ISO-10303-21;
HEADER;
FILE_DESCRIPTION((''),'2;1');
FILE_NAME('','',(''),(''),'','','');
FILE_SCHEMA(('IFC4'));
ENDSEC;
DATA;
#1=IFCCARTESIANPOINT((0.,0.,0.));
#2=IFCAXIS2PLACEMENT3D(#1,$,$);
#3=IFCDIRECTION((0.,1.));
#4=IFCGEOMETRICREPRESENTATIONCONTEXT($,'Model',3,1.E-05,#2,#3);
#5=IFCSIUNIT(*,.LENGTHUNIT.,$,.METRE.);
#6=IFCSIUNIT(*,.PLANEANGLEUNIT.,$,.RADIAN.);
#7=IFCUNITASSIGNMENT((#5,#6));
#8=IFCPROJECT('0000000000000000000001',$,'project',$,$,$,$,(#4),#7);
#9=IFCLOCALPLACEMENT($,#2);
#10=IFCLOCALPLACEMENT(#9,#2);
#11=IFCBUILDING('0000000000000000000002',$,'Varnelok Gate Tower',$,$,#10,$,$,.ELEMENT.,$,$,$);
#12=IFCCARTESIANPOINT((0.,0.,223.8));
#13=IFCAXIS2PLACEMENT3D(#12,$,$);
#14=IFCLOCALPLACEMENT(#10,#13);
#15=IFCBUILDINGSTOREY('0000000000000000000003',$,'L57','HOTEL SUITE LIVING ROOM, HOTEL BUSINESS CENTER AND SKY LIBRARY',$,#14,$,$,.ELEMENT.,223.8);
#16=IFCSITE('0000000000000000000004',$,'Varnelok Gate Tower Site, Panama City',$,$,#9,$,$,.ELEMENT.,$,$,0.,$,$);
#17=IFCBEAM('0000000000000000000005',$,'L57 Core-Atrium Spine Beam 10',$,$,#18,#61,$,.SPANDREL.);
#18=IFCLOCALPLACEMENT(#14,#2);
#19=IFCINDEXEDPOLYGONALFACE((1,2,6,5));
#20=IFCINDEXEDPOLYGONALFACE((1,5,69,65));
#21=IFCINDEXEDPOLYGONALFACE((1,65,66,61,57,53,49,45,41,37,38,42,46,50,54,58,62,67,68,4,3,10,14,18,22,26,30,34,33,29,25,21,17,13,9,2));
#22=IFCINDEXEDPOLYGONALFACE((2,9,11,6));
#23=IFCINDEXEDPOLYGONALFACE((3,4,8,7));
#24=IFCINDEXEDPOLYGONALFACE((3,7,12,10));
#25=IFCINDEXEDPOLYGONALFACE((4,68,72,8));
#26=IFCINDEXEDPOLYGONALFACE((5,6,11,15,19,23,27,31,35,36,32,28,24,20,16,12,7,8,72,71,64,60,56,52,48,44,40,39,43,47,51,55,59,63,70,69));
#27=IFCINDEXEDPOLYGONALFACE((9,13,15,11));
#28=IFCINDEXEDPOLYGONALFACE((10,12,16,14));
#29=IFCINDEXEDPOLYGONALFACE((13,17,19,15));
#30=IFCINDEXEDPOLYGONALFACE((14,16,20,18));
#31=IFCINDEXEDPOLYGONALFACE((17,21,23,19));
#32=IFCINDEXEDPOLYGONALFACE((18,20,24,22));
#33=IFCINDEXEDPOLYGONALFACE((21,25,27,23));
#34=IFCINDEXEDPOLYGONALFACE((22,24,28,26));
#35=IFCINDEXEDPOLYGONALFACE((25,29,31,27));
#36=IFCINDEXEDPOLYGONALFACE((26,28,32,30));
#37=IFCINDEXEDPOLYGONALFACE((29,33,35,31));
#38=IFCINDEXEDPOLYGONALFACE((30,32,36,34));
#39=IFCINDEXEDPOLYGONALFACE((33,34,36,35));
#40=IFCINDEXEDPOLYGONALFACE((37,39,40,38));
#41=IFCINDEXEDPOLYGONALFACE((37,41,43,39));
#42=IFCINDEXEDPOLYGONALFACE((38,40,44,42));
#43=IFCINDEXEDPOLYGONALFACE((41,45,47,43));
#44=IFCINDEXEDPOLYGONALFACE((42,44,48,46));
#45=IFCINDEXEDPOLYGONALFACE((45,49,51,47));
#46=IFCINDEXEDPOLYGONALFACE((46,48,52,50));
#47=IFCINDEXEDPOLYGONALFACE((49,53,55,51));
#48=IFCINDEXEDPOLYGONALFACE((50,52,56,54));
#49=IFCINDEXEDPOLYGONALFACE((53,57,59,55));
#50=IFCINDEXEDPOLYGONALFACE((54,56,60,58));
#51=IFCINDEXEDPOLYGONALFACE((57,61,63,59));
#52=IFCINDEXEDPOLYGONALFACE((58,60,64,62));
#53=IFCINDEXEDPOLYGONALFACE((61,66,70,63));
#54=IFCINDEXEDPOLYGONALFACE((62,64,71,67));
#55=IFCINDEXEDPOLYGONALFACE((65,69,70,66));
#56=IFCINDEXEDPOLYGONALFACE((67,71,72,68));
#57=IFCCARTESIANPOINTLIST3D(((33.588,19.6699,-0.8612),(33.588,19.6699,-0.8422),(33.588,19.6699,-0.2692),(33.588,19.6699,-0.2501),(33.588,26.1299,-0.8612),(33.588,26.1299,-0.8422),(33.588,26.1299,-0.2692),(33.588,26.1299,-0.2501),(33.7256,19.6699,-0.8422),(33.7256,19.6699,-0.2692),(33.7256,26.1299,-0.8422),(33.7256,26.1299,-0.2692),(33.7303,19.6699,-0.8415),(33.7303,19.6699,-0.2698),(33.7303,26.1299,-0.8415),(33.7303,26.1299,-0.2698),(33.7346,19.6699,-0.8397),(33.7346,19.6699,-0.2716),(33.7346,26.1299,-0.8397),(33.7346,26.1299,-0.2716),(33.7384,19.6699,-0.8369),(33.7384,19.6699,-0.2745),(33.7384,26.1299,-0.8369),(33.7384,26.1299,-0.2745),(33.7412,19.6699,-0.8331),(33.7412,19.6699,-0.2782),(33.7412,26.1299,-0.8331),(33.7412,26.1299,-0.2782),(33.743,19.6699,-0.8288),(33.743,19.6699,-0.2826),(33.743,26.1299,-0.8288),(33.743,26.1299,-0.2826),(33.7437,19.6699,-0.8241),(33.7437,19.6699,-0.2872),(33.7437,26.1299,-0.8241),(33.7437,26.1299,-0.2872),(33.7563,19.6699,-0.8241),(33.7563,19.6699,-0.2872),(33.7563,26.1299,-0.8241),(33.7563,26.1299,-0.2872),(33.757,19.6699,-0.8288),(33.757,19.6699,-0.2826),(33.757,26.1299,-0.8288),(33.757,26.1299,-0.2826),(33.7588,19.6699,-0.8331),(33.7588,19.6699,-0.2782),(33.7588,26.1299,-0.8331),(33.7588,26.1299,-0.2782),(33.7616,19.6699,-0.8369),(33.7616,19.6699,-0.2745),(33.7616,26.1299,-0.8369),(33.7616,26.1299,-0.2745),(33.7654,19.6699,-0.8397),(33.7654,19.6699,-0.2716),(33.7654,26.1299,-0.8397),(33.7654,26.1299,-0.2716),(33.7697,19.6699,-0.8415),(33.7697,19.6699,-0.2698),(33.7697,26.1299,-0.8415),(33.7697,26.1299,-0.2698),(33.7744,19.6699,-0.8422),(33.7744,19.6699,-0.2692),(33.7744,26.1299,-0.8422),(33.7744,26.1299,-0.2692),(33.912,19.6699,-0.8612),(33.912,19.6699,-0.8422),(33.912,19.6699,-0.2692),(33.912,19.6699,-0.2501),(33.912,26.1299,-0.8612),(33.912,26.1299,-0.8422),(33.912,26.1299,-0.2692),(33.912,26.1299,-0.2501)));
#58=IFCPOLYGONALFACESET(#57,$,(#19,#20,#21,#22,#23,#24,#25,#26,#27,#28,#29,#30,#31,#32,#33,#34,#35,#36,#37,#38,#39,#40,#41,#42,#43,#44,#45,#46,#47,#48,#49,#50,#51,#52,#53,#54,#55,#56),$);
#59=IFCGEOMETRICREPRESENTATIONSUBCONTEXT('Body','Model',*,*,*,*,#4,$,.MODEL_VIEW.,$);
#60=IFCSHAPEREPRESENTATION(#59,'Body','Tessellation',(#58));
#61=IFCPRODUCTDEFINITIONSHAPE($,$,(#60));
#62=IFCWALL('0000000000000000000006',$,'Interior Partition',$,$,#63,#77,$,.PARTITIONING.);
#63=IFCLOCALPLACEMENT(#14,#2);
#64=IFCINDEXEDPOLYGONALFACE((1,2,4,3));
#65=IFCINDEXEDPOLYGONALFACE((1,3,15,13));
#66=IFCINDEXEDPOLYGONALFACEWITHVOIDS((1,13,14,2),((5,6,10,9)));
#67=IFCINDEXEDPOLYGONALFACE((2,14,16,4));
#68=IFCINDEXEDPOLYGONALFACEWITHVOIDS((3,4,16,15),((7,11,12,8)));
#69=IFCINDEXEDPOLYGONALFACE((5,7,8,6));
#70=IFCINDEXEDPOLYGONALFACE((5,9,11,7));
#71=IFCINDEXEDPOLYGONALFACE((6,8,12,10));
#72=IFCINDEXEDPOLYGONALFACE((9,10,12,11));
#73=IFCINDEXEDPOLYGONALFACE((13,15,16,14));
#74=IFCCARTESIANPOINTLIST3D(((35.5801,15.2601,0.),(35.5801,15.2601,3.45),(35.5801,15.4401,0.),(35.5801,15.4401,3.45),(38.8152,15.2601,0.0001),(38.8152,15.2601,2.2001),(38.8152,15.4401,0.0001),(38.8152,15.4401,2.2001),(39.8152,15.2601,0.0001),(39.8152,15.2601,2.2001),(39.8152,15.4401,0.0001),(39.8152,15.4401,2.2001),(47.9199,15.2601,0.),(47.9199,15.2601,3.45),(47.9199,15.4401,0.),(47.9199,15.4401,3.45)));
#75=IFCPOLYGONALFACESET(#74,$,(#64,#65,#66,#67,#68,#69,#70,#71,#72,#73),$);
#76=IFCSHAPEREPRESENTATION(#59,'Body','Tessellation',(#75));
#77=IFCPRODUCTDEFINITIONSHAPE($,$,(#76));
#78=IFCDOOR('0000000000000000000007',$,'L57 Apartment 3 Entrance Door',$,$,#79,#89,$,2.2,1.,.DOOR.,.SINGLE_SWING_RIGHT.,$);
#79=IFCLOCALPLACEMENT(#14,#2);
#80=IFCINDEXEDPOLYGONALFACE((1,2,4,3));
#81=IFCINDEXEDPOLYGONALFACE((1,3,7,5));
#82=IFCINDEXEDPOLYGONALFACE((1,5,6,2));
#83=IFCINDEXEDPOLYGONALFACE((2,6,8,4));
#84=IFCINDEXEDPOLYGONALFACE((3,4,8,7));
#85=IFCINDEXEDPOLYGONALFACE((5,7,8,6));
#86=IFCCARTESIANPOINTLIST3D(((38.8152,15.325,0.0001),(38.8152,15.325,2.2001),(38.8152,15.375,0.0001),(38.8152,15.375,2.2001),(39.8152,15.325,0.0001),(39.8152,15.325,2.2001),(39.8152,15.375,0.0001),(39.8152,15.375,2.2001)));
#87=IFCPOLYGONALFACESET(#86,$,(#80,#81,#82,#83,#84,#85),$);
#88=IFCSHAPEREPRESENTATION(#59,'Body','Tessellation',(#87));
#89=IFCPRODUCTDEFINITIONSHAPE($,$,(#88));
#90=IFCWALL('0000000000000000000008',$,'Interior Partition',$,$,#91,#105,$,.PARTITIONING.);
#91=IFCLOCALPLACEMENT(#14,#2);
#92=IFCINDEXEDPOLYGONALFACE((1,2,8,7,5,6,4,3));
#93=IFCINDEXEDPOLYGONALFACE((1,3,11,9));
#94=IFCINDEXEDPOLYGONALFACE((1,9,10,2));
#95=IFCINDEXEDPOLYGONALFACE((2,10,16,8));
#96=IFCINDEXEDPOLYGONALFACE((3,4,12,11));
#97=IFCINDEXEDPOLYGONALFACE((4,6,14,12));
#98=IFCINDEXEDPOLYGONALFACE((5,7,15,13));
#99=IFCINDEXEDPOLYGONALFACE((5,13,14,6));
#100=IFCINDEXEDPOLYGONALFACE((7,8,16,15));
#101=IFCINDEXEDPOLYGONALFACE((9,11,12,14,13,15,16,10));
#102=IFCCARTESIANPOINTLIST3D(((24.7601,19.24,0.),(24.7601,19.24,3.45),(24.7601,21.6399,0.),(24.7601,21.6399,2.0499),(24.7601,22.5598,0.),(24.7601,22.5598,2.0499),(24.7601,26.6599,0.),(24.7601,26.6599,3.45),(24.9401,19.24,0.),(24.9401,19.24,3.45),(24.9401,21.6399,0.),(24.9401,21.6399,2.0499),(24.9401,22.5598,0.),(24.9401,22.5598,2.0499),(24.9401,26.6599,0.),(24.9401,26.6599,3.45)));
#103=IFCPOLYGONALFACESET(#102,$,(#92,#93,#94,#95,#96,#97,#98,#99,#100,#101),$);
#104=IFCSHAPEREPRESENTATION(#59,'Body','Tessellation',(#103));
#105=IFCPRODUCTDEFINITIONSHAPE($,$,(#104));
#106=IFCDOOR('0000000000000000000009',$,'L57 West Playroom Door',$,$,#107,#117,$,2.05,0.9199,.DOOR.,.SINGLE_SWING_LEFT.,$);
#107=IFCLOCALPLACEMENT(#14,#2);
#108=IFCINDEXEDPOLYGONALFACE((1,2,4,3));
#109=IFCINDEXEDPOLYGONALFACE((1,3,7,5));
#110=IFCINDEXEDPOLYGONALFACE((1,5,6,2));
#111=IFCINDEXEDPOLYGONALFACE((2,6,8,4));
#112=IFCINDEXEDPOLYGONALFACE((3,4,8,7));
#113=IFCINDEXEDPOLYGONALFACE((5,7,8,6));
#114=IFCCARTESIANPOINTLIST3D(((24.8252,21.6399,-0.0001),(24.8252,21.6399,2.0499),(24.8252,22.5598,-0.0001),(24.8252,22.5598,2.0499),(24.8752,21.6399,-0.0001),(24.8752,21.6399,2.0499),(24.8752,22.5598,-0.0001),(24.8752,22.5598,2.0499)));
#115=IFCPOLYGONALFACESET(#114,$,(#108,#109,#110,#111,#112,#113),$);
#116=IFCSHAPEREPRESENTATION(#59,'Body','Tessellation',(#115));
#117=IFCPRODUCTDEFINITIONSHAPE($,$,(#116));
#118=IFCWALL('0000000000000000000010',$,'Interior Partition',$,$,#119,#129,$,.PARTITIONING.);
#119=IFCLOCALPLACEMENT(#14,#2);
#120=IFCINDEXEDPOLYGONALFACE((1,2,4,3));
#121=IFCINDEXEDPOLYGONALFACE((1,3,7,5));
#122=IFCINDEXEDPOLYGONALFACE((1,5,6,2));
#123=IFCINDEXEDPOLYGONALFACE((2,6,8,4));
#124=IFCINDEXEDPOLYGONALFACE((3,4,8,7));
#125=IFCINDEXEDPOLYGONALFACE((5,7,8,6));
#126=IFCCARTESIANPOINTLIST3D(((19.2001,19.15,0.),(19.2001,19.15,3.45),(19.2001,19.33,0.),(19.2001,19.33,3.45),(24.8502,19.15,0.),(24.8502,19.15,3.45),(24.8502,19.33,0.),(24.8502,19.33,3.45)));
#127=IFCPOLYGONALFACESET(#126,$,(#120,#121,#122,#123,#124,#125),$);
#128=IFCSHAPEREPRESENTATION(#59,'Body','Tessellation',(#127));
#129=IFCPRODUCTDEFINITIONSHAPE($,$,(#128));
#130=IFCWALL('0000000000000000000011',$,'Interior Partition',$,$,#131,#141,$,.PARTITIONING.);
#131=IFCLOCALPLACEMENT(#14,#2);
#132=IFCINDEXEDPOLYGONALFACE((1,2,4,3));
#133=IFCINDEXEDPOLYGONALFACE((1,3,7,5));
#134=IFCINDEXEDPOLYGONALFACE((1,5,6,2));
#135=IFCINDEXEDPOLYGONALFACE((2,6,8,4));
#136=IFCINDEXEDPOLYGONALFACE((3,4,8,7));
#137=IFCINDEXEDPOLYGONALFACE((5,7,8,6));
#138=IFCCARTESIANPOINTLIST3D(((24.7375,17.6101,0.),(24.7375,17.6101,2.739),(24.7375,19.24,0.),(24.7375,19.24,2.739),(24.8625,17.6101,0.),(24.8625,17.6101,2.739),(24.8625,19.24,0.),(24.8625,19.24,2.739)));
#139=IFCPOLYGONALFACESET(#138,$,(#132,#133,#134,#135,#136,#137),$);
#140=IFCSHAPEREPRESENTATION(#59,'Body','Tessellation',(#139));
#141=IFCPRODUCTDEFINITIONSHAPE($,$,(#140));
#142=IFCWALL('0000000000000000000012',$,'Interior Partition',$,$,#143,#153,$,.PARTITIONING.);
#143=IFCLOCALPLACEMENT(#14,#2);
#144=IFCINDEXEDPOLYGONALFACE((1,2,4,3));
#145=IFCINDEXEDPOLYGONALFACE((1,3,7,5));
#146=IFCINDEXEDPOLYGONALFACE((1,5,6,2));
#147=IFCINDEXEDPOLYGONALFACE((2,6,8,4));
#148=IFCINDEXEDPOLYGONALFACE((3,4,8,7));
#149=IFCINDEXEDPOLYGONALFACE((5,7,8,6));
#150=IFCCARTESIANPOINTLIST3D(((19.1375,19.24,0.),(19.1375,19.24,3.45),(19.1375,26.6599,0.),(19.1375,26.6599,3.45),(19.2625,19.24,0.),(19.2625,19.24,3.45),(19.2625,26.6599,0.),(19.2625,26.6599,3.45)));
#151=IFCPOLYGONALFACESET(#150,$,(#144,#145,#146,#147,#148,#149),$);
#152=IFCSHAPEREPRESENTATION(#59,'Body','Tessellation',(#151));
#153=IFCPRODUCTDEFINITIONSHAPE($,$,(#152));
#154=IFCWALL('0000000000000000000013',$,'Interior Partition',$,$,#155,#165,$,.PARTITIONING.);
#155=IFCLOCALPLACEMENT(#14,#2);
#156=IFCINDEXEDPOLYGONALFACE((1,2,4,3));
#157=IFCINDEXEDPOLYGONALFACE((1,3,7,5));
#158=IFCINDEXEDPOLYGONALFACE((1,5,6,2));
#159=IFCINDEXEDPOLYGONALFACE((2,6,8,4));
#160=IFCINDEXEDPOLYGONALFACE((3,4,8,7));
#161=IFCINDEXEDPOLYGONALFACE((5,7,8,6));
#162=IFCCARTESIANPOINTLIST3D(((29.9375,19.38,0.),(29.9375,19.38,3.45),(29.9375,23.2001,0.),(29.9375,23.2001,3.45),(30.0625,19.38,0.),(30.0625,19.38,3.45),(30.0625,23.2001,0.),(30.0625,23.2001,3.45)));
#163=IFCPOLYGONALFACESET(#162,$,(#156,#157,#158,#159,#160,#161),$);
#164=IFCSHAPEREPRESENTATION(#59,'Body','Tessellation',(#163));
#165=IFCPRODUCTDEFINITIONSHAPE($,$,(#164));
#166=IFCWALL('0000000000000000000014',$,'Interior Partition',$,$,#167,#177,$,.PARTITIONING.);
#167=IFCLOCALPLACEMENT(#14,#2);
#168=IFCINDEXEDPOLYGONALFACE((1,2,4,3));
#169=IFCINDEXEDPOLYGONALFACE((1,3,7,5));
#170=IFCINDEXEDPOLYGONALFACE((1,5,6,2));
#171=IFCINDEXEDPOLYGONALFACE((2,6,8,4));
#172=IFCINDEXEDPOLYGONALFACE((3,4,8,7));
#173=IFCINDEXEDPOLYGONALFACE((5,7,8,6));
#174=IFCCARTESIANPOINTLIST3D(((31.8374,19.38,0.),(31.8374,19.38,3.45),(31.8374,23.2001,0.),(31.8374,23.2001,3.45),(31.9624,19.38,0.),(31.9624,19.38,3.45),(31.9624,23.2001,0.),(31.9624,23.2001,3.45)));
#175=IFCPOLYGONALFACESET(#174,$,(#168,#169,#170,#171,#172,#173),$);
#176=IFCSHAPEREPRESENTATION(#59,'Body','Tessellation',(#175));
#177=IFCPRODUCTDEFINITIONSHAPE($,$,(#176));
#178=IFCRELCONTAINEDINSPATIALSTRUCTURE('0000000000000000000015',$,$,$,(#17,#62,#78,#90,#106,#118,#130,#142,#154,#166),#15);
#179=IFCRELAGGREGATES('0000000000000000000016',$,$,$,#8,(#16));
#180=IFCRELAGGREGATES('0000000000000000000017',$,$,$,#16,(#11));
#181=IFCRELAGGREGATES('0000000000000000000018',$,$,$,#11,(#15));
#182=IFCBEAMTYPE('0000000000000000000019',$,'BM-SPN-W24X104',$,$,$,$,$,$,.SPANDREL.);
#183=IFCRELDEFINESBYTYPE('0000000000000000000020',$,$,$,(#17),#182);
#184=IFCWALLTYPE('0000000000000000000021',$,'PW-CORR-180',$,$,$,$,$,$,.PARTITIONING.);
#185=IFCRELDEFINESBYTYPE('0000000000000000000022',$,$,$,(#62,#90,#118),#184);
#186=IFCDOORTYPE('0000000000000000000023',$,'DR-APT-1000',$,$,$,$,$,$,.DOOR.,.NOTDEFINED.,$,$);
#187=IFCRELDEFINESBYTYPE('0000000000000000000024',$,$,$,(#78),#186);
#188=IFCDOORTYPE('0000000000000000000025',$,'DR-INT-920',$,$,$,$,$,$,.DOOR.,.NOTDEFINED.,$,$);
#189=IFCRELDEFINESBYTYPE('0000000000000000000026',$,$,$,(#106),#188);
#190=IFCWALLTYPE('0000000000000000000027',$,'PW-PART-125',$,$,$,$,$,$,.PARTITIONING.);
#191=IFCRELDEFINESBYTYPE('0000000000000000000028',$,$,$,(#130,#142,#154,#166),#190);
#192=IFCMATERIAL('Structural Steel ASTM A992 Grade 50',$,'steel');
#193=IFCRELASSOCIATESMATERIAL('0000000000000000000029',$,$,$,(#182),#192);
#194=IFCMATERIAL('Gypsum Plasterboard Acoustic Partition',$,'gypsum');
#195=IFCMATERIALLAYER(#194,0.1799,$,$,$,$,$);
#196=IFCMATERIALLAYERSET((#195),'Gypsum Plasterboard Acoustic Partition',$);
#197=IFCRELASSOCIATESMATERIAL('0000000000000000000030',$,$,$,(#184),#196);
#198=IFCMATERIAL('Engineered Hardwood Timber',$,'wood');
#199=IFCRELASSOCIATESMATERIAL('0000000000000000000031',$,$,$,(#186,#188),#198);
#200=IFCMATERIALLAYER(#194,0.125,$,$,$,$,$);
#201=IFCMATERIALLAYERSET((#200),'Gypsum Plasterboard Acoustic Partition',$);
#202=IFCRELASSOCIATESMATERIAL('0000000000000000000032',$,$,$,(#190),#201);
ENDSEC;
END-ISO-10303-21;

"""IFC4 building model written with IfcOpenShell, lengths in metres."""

from ifc_helpers import new_model, si_unit, direction, frame, frame_2d, origin, origin_2d, place, context, subcontext, project, spatial, rectangle, i_section, extrude, material, layer, layer_set, material_profile, profile_set, type_object, element, fill, save


model = new_model("IFC4")

# Units and contexts
model_context = context("Model", 3, precision=1e-05, world=origin(), true_north=direction((0.0, 1.0)))
body_context = subcontext(model_context, "Body", "Model", "MODEL_VIEW")
ifc_project = project(units=[si_unit("LENGTHUNIT", "METRE"), si_unit("PLANEANGLEUNIT", "RADIAN")], contexts=[model_context])

# Site, building, storey
site_placement = place(None, origin())
site = spatial("IfcSite", under=ifc_project, at=site_placement, Name="Varnelok Gate Tower Site, Panama City", CompositionType="ELEMENT", RefElevation=0.0)
building_placement = place(site_placement, origin())
building = spatial("IfcBuilding", under=site, at=building_placement, Name="Varnelok Gate Tower", CompositionType="ELEMENT")
storey_placement = place(building_placement, frame((0.0, 0.0, 223.8)))
storey = spatial("IfcBuildingStorey", under=building, at=storey_placement, Name="L57", Description="HOTEL SUITE LIVING ROOM, HOTEL BUSINESS CENTER AND SKY LIBRARY", CompositionType="ELEMENT", Elevation=223.8)

# Shared definitions
ifc_material_1 = material(Name="Structural Steel ASTM A992 Grade 50", Category="steel")

# Beam
ifc_material_profile_1 = material_profile(ifc_material_1, i_section(OverallWidth=0.324, OverallDepth=0.6111, WebThickness=0.0127, FlangeThickness=0.019, FilletRadius=0.0181, at=origin_2d()), Name="W24X104")
ifc_profile_set_1 = profile_set([ifc_material_profile_1], Name="Structural Steel ASTM A992 Grade 50")
beam_type_1 = type_object("IfcBeamType", Name="BM-SPN-W24X104", PredefinedType="SPANDREL", material=ifc_profile_set_1)
beam_1_placement = place(storey_placement, frame((33.75, 19.6699, -0.5557), z_axis=(0.0, 1.0, 0.0), x_axis=(-1.0, 0.0, 0.0)))
element("IfcBeam", 1, at=beam_1_placement, inside=storey, type_object=beam_type_1, Name="L57 Core-Atrium Spine Beam 10", PredefinedType="SPANDREL", context=body_context, shape_type="SweptSolid", body=[
    extrude(i_section(OverallWidth=0.324, OverallDepth=0.6111, WebThickness=0.0127, FlangeThickness=0.019, FilletRadius=0.0181, at=origin_2d()), origin(), (0.0, 0.0, 1.0), 6.46),
])

# Walls, openings, doors
ifc_material_2 = material(Name="Gypsum Plasterboard Acoustic Partition", Category="gypsum")
ifc_layer_1 = layer(ifc_material_2, 0.1799)
ifc_layer_set_1 = layer_set([ifc_layer_1], Name="Gypsum Plasterboard Acoustic Partition")
wall_type_1 = type_object("IfcWallType", Name="PW-CORR-180", PredefinedType="PARTITIONING", material=ifc_layer_set_1)
wall_1_placement = place(storey_placement, frame((35.5801, 15.3501, 0.0), z_axis=(0.0, 0.0, 1.0), x_axis=(1.0, 0.0, 0.0)))
wall_1 = element("IfcWall", 2, at=wall_1_placement, inside=storey, type_object=wall_type_1, Name="Interior Partition", PredefinedType="PARTITIONING", context=body_context, shape_type="SweptSolid", body=[
    extrude(rectangle(XDim=12.3398, YDim=0.1799, at=frame_2d((6.1699, 0.0))), origin(), (0.0, 0.0, 1.0), 3.45),
])
opening_1_placement = place(wall_1_placement, frame((3.2351, 0.0, 0.0)))
opening_1 = element("IfcOpeningElement", 3, at=opening_1_placement, cuts=wall_1, PredefinedType="OPENING", context=body_context, shape_type="SweptSolid", body=[
    extrude(rectangle(XDim=1.0, YDim=2.2, at=frame_2d((0.5, 1.1001))), frame((0.0, 0.0999, 0.0), z_axis=(0.0, -1.0, 0.0), x_axis=(1.0, 0.0, 0.0)), (0.0, 0.0, 1.0), 0.2),
])
ifc_material_3 = material(Name="Engineered Hardwood Timber", Category="wood")
door_type_1 = type_object("IfcDoorType", Name="DR-APT-1000", OperationType="NOTDEFINED", PredefinedType="DOOR", material=ifc_material_3)
door_1_placement = place(opening_1_placement, origin())
door_1 = element("IfcDoor", 4, at=door_1_placement, inside=storey, type_object=door_type_1, Name="L57 Apartment 3 Entrance Door", OperationType="SINGLE_SWING_RIGHT", OverallHeight=2.2, OverallWidth=1.0, PredefinedType="DOOR", context=body_context, shape_type="SweptSolid", body=[
    extrude(rectangle(XDim=1.0, YDim=2.2, at=frame_2d((0.5, 1.1001))), frame((0.0, 0.0249, 0.0), z_axis=(0.0, -1.0, 0.0), x_axis=(1.0, 0.0, 0.0)), (0.0, 0.0, 1.0), 0.05),
])
fill(opening_1, door_1)
wall_2_placement = place(storey_placement, frame((24.8501, 19.24, 0.0), z_axis=(0.0, 0.0, 1.0), x_axis=(0.0, 1.0, 0.0)))
wall_2 = element("IfcWall", 5, at=wall_2_placement, inside=storey, type_object=wall_type_1, Name="Interior Partition", PredefinedType="PARTITIONING", context=body_context, shape_type="SweptSolid", body=[
    extrude(rectangle(XDim=7.4199, YDim=0.1799, at=frame_2d((3.71, 0.0))), origin(), (0.0, 0.0, 1.0), 3.45),
])
opening_2_placement = place(wall_2_placement, frame((2.3999, 0.0, 0.0)))
opening_2 = element("IfcOpeningElement", 6, at=opening_2_placement, cuts=wall_2, PredefinedType="OPENING", context=body_context, shape_type="SweptSolid", body=[
    extrude(rectangle(XDim=0.9199, YDim=2.05, at=frame_2d((0.46, 1.0249))), frame((0.0, 0.0999, 0.0), z_axis=(0.0, -1.0, 0.0), x_axis=(1.0, 0.0, 0.0)), (0.0, 0.0, 1.0), 0.2),
])
door_type_2 = type_object("IfcDoorType", Name="DR-INT-920", OperationType="NOTDEFINED", PredefinedType="DOOR", material=ifc_material_3)
door_2_placement = place(opening_2_placement, origin())
door_2 = element("IfcDoor", 7, at=door_2_placement, inside=storey, type_object=door_type_2, Name="L57 West Playroom Door", OperationType="SINGLE_SWING_LEFT", OverallHeight=2.05, OverallWidth=0.9199, PredefinedType="DOOR", context=body_context, shape_type="SweptSolid", body=[
    extrude(rectangle(XDim=0.9199, YDim=2.05, at=frame_2d((0.46, 1.0249))), frame((0.0, 0.0249, 0.0), z_axis=(0.0, -1.0, 0.0), x_axis=(1.0, 0.0, 0.0)), (0.0, 0.0, 1.0), 0.05),
])
fill(opening_2, door_2)

# Walls
wall_3_placement = place(storey_placement, frame((19.2, 19.24, 0.0), z_axis=(0.0, 0.0, 1.0), x_axis=(1.0, 0.0, 0.0)))
element("IfcWall", 8, at=wall_3_placement, inside=storey, type_object=wall_type_1, Name="Interior Partition", PredefinedType="PARTITIONING", context=body_context, shape_type="SweptSolid", body=[
    extrude(rectangle(XDim=5.6501, YDim=0.1799, at=frame_2d((2.8252, 0.0))), origin(), (0.0, 0.0, 1.0), 3.45),
])
ifc_layer_2 = layer(ifc_material_2, 0.125)
ifc_layer_set_2 = layer_set([ifc_layer_2], Name="Gypsum Plasterboard Acoustic Partition")
wall_type_2 = type_object("IfcWallType", Name="PW-PART-125", PredefinedType="PARTITIONING", material=ifc_layer_set_2)
wall_4_placement = place(storey_placement, frame((24.8, 17.6101, 0.0), z_axis=(0.0, 0.0, 1.0), x_axis=(0.0, 1.0, 0.0)))
element("IfcWall", 9, at=wall_4_placement, inside=storey, type_object=wall_type_2, Name="Interior Partition", PredefinedType="PARTITIONING", context=body_context, shape_type="SweptSolid", body=[
    extrude(rectangle(XDim=1.6299, YDim=0.125, at=frame_2d((0.8149, 0.0))), origin(), (0.0, 0.0, 1.0), 2.739),
])
wall_5_placement = place(storey_placement, frame((19.2, 19.24, 0.0), z_axis=(0.0, 0.0, 1.0), x_axis=(0.0, 1.0, 0.0)))
element("IfcWall", 10, at=wall_5_placement, inside=storey, type_object=wall_type_2, Name="Interior Partition", PredefinedType="PARTITIONING", context=body_context, shape_type="SweptSolid", body=[
    extrude(rectangle(XDim=7.4199, YDim=0.125, at=frame_2d((3.71, 0.0))), origin(), (0.0, 0.0, 1.0), 3.45),
])
for number, where, z_axis, x_axis, name in (
    (11, (30.0, 19.3799, 0.0), (0.0, 0.0, 1.0), (0.0, 1.0, 0.0), "Interior Partition"),
    (12, (31.8999, 19.3799, 0.0), (0.0, 0.0, 1.0), (0.0, 1.0, 0.0), "Interior Partition"),
):
    element("IfcWall", number, at=place(storey_placement, frame(where, z_axis=z_axis, x_axis=x_axis)), inside=storey, type_object=wall_type_2, Name=name, PredefinedType="PARTITIONING", context=body_context, shape_type="SweptSolid", body=[
        extrude(rectangle(XDim=3.8201, YDim=0.125, at=frame_2d((1.9102, 0.0))), origin(), (0.0, 0.0, 1.0), 3.45),
    ])

save(model, "model.ifc")
